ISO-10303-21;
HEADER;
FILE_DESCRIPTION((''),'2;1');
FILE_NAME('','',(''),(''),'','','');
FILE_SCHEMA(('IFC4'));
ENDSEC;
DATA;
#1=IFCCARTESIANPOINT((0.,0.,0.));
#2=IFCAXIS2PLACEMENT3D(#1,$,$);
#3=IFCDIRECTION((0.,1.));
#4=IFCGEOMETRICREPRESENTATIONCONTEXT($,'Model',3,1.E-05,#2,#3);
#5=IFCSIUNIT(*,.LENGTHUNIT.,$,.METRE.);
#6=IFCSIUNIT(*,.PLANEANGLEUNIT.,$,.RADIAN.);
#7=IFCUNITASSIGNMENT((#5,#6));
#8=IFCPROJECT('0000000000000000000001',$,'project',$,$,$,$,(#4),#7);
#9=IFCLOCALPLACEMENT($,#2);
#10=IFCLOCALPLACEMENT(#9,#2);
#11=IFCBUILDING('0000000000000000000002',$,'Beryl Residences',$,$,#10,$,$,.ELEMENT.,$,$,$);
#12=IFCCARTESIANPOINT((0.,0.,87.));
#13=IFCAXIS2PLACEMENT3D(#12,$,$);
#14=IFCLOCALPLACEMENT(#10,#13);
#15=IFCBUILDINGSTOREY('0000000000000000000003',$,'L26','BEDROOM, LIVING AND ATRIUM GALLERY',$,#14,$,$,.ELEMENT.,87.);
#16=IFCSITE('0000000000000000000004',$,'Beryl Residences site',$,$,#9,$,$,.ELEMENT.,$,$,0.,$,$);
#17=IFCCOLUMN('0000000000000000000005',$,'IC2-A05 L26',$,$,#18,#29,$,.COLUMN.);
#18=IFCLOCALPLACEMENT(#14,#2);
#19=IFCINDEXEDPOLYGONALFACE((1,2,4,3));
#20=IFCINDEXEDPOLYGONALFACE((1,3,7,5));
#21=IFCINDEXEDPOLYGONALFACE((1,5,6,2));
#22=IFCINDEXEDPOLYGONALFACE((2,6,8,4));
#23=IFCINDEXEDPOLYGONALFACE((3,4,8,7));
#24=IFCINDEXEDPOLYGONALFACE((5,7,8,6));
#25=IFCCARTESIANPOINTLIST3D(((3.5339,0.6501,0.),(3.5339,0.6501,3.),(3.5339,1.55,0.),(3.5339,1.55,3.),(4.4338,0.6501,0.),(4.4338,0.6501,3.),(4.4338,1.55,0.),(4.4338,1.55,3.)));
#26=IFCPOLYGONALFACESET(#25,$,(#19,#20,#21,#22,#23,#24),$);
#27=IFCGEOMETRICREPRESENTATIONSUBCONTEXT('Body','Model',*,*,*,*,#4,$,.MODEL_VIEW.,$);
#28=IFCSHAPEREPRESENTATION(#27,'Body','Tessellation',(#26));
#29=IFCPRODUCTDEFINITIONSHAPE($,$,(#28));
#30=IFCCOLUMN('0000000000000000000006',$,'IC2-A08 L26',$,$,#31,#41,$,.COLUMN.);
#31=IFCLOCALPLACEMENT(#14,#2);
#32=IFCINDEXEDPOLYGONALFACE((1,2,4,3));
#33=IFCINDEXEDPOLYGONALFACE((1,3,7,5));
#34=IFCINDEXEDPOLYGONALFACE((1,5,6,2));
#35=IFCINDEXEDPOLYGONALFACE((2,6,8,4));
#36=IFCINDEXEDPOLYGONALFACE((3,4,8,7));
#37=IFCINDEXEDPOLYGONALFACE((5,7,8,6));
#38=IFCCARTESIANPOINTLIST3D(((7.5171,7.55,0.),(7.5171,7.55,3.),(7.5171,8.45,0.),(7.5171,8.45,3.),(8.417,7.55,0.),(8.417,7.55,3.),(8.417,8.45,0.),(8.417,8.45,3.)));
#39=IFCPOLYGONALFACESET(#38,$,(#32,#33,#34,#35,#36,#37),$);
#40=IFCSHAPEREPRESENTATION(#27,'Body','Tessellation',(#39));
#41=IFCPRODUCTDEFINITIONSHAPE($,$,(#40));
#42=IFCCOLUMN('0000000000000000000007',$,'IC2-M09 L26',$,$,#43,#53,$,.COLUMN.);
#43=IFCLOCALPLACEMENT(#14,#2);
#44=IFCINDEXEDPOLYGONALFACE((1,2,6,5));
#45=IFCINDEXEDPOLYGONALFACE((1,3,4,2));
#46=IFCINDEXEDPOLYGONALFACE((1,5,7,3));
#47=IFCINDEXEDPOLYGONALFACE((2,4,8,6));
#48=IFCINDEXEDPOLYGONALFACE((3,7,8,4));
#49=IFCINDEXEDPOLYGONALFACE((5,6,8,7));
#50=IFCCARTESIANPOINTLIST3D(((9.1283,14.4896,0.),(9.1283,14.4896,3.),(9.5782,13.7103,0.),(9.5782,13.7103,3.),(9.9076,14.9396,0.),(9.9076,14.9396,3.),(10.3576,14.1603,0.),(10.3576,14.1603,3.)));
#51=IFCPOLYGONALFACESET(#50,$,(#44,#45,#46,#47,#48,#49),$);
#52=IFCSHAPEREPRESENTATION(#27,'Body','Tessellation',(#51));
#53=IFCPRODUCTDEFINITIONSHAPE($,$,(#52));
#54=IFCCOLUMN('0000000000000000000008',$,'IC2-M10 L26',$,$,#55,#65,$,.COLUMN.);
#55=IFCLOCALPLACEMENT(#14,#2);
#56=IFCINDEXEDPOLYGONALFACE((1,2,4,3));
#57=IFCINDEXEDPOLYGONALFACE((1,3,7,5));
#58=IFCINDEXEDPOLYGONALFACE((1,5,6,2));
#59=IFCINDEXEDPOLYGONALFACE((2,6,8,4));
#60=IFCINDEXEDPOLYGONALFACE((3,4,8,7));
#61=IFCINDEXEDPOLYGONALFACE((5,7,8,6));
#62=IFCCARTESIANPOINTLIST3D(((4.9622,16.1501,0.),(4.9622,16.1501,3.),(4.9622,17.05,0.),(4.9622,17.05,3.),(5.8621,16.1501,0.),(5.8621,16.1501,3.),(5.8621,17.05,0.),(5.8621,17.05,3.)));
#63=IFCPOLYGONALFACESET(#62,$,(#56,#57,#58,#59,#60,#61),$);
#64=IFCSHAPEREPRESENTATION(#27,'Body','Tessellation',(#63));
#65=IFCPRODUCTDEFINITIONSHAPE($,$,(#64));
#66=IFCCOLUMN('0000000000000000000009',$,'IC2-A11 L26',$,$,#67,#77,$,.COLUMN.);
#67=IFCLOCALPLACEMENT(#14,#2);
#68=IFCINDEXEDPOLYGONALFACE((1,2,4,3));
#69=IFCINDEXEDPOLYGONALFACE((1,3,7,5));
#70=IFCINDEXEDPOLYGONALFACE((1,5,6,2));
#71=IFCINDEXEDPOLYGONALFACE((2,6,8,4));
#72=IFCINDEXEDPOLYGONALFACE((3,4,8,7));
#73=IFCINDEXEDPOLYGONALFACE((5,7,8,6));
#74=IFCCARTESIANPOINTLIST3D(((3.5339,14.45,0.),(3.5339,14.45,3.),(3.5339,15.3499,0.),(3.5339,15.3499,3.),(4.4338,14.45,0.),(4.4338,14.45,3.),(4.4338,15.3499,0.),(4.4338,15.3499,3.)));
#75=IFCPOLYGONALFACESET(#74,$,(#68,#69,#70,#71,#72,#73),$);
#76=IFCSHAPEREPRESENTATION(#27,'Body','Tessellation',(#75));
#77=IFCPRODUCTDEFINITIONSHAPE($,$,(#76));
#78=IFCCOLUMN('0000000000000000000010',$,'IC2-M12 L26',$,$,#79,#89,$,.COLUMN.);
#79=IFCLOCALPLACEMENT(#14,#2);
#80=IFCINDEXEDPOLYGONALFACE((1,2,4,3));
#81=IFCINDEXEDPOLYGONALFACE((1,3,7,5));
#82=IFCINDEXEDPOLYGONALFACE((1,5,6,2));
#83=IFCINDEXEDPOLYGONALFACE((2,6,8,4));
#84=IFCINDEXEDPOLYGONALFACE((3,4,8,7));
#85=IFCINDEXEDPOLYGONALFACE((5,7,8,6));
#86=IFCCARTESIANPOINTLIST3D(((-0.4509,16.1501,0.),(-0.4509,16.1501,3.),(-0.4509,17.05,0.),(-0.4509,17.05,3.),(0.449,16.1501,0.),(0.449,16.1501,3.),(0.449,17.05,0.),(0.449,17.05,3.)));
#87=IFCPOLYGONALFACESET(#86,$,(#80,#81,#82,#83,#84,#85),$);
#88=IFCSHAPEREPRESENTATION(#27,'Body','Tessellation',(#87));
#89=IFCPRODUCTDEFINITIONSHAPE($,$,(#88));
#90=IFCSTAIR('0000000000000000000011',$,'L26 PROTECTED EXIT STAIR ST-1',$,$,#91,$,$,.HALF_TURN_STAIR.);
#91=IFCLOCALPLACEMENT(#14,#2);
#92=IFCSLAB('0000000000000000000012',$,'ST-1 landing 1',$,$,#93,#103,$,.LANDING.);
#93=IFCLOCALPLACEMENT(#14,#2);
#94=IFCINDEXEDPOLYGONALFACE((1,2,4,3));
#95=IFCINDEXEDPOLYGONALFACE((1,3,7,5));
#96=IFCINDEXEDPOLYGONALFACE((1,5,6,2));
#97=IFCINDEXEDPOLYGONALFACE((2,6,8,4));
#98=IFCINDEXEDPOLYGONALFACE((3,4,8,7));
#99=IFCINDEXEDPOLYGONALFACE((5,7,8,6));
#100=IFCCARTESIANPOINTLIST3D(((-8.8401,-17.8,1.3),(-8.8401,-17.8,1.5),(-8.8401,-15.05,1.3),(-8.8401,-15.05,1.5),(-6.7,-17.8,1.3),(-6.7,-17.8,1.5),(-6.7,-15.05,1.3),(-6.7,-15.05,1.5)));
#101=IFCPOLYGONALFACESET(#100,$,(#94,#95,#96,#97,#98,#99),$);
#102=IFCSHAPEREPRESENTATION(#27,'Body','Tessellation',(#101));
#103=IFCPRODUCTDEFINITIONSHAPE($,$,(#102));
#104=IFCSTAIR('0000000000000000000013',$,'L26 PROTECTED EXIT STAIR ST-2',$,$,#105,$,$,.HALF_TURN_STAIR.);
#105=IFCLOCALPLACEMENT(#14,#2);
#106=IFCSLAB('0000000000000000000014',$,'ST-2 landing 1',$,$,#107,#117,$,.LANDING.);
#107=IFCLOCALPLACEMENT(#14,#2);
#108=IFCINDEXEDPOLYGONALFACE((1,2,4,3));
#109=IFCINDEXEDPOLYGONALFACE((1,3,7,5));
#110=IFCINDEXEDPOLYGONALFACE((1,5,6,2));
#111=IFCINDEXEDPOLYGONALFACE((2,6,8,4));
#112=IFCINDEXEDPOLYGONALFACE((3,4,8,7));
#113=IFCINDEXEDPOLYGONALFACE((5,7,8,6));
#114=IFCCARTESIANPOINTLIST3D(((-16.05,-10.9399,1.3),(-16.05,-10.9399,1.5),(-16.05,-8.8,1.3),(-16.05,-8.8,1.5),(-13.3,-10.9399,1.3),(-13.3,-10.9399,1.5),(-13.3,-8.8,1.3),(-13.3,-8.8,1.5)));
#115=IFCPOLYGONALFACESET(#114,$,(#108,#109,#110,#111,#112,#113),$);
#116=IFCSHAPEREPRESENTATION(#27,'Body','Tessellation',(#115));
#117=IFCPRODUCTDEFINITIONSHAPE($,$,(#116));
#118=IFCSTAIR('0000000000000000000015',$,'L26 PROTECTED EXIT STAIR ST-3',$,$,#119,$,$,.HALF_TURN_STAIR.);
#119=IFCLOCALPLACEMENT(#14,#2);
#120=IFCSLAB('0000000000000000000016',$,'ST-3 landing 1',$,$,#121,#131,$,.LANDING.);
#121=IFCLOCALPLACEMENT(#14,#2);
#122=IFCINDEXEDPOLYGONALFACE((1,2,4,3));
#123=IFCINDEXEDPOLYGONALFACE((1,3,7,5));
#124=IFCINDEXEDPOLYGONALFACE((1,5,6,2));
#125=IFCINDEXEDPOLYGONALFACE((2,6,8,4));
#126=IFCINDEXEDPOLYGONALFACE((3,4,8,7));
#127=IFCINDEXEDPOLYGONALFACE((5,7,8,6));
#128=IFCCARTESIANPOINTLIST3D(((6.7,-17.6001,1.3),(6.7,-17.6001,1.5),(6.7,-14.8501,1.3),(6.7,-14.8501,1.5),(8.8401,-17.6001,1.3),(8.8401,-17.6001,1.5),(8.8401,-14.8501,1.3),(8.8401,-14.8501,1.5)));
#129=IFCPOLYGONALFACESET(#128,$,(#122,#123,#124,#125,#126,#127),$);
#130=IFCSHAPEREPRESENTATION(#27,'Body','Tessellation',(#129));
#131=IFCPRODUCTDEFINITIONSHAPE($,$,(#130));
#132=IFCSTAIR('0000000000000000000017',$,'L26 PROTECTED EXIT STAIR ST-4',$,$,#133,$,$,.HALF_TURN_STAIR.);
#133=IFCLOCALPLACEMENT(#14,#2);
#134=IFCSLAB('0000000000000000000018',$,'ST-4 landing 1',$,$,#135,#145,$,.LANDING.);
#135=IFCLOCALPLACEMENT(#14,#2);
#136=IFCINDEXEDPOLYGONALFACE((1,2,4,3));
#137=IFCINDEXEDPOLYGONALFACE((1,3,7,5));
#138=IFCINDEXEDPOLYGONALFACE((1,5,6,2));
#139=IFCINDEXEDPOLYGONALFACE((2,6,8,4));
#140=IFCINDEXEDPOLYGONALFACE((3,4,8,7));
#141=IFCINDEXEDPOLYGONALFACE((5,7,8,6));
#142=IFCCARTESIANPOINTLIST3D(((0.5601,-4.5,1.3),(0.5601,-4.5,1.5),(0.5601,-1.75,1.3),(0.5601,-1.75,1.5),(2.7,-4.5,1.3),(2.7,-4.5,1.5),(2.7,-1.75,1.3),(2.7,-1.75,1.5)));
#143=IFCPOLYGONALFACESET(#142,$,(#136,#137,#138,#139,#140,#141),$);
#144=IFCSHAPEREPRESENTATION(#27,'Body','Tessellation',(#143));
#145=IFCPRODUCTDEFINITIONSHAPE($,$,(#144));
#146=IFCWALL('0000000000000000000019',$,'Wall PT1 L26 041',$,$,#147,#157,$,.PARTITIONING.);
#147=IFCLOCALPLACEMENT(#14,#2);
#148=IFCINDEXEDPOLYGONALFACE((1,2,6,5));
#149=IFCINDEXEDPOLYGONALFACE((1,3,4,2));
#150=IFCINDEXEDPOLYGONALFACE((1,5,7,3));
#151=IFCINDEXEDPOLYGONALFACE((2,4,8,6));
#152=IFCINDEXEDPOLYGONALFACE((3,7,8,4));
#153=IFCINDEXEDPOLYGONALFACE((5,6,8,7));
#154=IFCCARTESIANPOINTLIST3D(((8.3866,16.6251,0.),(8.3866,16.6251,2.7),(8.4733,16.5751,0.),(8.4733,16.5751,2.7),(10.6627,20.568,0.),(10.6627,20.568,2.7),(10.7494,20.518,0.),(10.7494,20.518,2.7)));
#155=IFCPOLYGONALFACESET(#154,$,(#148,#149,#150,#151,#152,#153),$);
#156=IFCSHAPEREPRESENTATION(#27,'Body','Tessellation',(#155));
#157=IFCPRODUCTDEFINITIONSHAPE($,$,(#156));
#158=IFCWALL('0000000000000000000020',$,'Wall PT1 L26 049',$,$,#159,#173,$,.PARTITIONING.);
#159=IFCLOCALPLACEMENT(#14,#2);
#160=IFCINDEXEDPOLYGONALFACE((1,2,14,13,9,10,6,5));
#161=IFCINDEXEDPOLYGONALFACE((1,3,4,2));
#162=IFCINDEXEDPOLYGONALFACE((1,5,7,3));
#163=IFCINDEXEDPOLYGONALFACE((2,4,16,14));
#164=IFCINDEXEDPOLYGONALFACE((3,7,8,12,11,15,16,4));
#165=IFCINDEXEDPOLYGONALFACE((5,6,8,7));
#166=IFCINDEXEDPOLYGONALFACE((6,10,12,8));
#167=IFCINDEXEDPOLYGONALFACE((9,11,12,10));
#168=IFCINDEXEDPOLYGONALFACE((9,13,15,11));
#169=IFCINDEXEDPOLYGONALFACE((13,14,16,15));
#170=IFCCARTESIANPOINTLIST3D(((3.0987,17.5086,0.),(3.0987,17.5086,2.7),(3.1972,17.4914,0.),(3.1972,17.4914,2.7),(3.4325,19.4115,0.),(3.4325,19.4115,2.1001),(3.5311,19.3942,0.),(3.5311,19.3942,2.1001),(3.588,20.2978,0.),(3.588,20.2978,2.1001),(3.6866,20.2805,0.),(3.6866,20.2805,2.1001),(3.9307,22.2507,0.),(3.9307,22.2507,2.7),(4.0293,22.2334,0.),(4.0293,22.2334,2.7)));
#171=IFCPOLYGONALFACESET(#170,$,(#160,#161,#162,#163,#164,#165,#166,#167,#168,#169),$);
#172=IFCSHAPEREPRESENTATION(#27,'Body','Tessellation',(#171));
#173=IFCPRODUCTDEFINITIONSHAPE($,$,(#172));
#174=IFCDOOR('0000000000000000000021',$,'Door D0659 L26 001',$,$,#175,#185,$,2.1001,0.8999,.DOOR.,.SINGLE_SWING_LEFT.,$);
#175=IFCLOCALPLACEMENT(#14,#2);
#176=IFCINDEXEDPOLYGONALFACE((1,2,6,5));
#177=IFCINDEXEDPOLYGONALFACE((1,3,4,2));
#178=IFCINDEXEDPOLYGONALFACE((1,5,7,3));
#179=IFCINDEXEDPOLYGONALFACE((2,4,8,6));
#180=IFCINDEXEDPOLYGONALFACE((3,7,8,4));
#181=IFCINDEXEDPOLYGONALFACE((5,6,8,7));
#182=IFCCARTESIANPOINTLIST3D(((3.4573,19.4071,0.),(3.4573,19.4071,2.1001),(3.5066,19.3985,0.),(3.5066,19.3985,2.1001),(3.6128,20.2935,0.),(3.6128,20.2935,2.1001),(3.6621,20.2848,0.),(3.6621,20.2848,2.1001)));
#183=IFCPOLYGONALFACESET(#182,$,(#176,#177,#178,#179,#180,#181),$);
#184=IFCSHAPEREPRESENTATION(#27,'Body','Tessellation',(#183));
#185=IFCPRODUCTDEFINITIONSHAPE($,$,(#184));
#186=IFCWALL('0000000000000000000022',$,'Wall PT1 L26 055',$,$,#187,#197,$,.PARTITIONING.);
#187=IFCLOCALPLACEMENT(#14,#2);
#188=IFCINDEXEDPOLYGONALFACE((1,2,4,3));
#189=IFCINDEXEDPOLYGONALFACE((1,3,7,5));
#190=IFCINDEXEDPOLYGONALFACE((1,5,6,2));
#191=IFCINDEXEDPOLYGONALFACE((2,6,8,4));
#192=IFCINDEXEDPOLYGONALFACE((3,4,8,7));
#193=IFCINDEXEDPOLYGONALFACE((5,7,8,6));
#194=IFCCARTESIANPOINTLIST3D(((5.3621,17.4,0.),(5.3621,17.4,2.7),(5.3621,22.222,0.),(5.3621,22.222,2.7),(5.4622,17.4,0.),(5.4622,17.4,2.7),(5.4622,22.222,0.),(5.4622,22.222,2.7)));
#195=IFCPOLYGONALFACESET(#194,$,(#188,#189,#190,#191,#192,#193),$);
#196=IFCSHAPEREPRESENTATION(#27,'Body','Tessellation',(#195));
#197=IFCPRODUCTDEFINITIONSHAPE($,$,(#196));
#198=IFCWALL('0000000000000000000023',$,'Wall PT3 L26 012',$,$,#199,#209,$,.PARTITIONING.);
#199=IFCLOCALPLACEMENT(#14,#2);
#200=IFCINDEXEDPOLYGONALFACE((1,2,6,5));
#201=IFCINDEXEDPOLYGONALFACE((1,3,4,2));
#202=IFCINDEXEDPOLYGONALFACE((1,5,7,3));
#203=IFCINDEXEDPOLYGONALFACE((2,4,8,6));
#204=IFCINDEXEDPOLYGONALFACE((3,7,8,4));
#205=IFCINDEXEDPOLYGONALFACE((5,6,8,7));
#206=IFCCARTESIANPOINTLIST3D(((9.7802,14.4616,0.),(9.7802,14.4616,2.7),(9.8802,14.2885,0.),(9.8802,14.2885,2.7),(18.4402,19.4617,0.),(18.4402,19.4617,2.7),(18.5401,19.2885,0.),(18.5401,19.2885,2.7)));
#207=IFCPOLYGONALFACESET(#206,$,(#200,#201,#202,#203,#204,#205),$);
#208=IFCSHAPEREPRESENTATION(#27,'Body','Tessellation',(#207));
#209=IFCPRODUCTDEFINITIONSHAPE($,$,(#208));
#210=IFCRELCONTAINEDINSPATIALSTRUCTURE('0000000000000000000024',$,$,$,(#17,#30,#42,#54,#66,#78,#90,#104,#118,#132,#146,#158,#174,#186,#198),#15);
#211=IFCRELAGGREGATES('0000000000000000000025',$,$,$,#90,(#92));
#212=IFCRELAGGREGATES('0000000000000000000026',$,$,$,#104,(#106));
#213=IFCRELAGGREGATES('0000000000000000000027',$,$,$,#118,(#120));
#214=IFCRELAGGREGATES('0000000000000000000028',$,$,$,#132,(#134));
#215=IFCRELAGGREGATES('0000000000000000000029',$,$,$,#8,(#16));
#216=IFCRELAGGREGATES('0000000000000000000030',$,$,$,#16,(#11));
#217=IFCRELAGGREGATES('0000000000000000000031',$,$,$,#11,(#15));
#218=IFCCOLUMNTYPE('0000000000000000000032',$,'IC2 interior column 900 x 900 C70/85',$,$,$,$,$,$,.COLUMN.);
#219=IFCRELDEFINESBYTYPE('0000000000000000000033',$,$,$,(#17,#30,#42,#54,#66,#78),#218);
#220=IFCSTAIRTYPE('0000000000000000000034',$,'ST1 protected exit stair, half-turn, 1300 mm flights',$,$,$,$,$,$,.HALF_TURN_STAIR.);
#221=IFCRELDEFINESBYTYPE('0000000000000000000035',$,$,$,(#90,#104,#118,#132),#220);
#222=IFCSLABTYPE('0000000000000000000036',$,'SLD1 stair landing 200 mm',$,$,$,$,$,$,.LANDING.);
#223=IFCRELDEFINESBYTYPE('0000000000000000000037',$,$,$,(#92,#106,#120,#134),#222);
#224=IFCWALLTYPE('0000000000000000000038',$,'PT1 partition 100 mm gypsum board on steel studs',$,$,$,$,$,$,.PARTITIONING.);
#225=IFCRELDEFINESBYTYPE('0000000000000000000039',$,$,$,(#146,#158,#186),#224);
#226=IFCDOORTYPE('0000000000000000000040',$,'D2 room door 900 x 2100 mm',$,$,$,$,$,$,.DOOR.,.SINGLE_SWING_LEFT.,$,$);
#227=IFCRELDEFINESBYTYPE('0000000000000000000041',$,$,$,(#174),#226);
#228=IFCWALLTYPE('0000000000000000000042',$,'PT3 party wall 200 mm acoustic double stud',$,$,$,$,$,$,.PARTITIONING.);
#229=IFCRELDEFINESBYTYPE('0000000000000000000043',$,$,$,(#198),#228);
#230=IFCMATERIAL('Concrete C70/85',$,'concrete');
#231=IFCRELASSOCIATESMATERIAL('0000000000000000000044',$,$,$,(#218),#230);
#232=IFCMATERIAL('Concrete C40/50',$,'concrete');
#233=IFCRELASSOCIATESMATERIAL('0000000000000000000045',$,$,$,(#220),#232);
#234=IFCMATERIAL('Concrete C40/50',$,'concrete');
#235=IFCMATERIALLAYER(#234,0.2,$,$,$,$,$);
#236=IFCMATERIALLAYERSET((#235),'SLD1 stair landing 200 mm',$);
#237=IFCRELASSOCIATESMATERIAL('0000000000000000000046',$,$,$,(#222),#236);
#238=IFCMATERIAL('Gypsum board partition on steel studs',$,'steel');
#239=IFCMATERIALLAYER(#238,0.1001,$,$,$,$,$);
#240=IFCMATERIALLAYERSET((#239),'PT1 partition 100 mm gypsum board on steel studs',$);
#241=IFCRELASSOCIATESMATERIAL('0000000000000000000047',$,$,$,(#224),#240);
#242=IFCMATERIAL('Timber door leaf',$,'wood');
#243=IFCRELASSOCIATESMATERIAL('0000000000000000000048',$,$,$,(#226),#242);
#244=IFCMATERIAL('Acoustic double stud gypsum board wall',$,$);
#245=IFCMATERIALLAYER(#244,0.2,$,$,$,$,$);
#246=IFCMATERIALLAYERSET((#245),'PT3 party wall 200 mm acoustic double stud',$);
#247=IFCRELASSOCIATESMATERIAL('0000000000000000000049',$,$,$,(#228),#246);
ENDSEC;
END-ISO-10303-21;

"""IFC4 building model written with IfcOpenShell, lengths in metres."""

from ifc_helpers import new_model, si_unit, direction, frame, frame_2d, origin, origin_2d, place, context, subcontext, project, spatial, polyline, rectangle, outline, extrude, material, layer, layer_set, material_profile, profile_set, type_object, element, fill, aggregate, save


model = new_model("IFC4")

# Units and contexts
model_context = context("Model", 3, precision=1e-05, world=origin(), true_north=direction((0.0, 1.0)))
body_context = subcontext(model_context, "Body", "Model", "MODEL_VIEW")
ifc_project = project(units=[si_unit("LENGTHUNIT", "METRE"), si_unit("PLANEANGLEUNIT", "RADIAN")], contexts=[model_context])

# Site, building, storey
site_placement = place(None, origin())
site = spatial("IfcSite", under=ifc_project, at=site_placement, Name="Beryl Residences site", CompositionType="ELEMENT", RefElevation=0.0)
building_placement = place(site_placement, origin())
building = spatial("IfcBuilding", under=site, at=building_placement, Name="Beryl Residences", CompositionType="ELEMENT")
storey_placement = place(building_placement, frame((0.0, 0.0, 87.0)))
storey = spatial("IfcBuildingStorey", under=building, at=storey_placement, Name="L26", Description="BEDROOM, LIVING AND ATRIUM GALLERY", CompositionType="ELEMENT", Elevation=87.0)

# Columns
ifc_material_1 = material(Name="Concrete C70/85", Category="concrete")
ifc_material_profile = material_profile(ifc_material_1, rectangle(XDim=0.8999, YDim=0.8999, at=origin_2d()))
ifc_profile_set = profile_set([ifc_material_profile], Name="Concrete C70/85")
column_type = type_object("IfcColumnType", Name="IC2 interior column 900 x 900 C70/85", PredefinedType="COLUMN", material=ifc_profile_set)
for number, where, z_axis, x_axis, name in (
    (1, (3.9839, 1.1001, 0.0), (0.0, 0.0, 1.0), (1.0, 0.0, 0.0), "IC2-A05 L26"),
    (2, (7.967, 8.0, 0.0), (0.0, 0.0, 1.0), (1.0, 0.0, 0.0), "IC2-A08 L26"),
    (3, (9.7429, 14.325, 0.0), (0.0, 0.0, 1.0), (-0.5, 0.866025, 0.0), "IC2-M09 L26"),
    (4, (5.4121, 16.6001, 0.0), (0.0, 0.0, 1.0), (-1.0, 0.0, 0.0), "IC2-M10 L26"),
    (5, (3.9839, 14.8999, 0.0), (0.0, 0.0, 1.0), (1.0, 0.0, 0.0), "IC2-A11 L26"),
    (6, (-0.001, 16.6001, 0.0), (0.0, 0.0, 1.0), (-1.0, 0.0, 0.0), "IC2-M12 L26"),
):
    element("IfcColumn", number, at=place(storey_placement, frame(where, z_axis=z_axis, x_axis=x_axis)), inside=storey, type_object=column_type, Name=name, PredefinedType="COLUMN", context=body_context, shape_type="SweptSolid", body=[
        extrude(rectangle(XDim=0.8999, YDim=0.8999, at=origin_2d()), origin(), (0.0, 0.0, 1.0), 3.0),
    ])

# Stairs, slabs
ifc_material_2 = material(Name="Concrete C40/50", Category="concrete")
stair_type = type_object("IfcStairType", Name="ST1 protected exit stair, half-turn, 1300 mm flights", PredefinedType="HALF_TURN_STAIR", material=ifc_material_2)
stair_1_placement = place(storey_placement, origin())
stair_1 = element("IfcStair", 7, at=stair_1_placement, inside=storey, type_object=stair_type, Name="L26 PROTECTED EXIT STAIR ST-1", PredefinedType="HALF_TURN_STAIR")
ifc_material_3 = material(Name="Concrete C40/50", Category="concrete")
ifc_layer_1 = layer(ifc_material_3, 0.2)
ifc_layer_set_1 = layer_set([ifc_layer_1], Name="SLD1 stair landing 200 mm")
slab_type_1 = type_object("IfcSlabType", Name="SLD1 stair landing 200 mm", PredefinedType="LANDING", material=ifc_layer_set_1)
slab_1_placement = place(storey_placement, frame((0.0, 0.0, 1.3)))
slab_1 = element("IfcSlab", 8, at=slab_1_placement, type_object=slab_type_1, Name="ST-1 landing 1", PredefinedType="LANDING", context=body_context, shape_type="SweptSolid", body=[
    extrude(outline(polyline([(-8.8401, -17.8), (-6.7, -17.8), (-6.7, -15.05), (-8.8401, -15.05), (-8.8401, -17.8)])), origin(), (0.0, 0.0, 1.0), 0.2),
])
aggregate(stair_1, [slab_1])
stair_2_placement = place(storey_placement, origin())
stair_2 = element("IfcStair", 9, at=stair_2_placement, inside=storey, type_object=stair_type, Name="L26 PROTECTED EXIT STAIR ST-2", PredefinedType="HALF_TURN_STAIR")
slab_2_placement = place(storey_placement, frame((0.0, 0.0, 1.3)))
slab_2 = element("IfcSlab", 10, at=slab_2_placement, type_object=slab_type_1, Name="ST-2 landing 1", PredefinedType="LANDING", context=body_context, shape_type="SweptSolid", body=[
    extrude(outline(polyline([(-13.3, -10.9399), (-13.3, -8.8), (-16.05, -8.8), (-16.05, -10.9399), (-13.3, -10.9399)])), origin(), (0.0, 0.0, 1.0), 0.2),
])
aggregate(stair_2, [slab_2])
stair_3_placement = place(storey_placement, origin())
stair_3 = element("IfcStair", 11, at=stair_3_placement, inside=storey, type_object=stair_type, Name="L26 PROTECTED EXIT STAIR ST-3", PredefinedType="HALF_TURN_STAIR")
slab_3_placement = place(storey_placement, frame((0.0, 0.0, 1.3)))
slab_3 = element("IfcSlab", 12, at=slab_3_placement, type_object=slab_type_1, Name="ST-3 landing 1", PredefinedType="LANDING", context=body_context, shape_type="SweptSolid", body=[
    extrude(outline(polyline([(8.8401, -14.8501), (6.7, -14.8501), (6.7, -17.6001), (8.8401, -17.6001), (8.8401, -14.8501)])), origin(), (0.0, 0.0, 1.0), 0.2),
])
aggregate(stair_3, [slab_3])
stair_4_placement = place(storey_placement, origin())
stair_4 = element("IfcStair", 13, at=stair_4_placement, inside=storey, type_object=stair_type, Name="L26 PROTECTED EXIT STAIR ST-4", PredefinedType="HALF_TURN_STAIR")
slab_4_placement = place(storey_placement, frame((0.0, 0.0, 1.3)))
slab_4 = element("IfcSlab", 14, at=slab_4_placement, type_object=slab_type_1, Name="ST-4 landing 1", PredefinedType="LANDING", context=body_context, shape_type="SweptSolid", body=[
    extrude(outline(polyline([(0.5601, -4.5), (2.7, -4.5), (2.7, -1.75), (0.5601, -1.75), (0.5601, -4.5)])), origin(), (0.0, 0.0, 1.0), 0.2),
])
aggregate(stair_4, [slab_4])

# Wall
ifc_material_4 = material(Name="Gypsum board partition on steel studs", Category="steel")
ifc_layer_2 = layer(ifc_material_4, 0.1001)
ifc_layer_set_2 = layer_set([ifc_layer_2], Name="PT1 partition 100 mm gypsum board on steel studs")
wall_type_1 = type_object("IfcWallType", Name="PT1 partition 100 mm gypsum board on steel studs", PredefinedType="PARTITIONING", material=ifc_layer_set_2)
wall_1_placement = place(storey_placement, frame((8.4299, 16.6001, 0.0), z_axis=(0.0, 0.0, 1.0), x_axis=(0.499951, 0.866053, 0.0)))
element("IfcWall", 15, at=wall_1_placement, inside=storey, type_object=wall_type_1, Name="Wall PT1 L26 041", PredefinedType="PARTITIONING", context=body_context, shape_type="SweptSolid", body=[
    extrude(rectangle(XDim=4.5527, YDim=0.1001, at=frame_2d((2.2764, 0.0))), origin(), (0.0, 0.0, 1.0), 2.7),
])

# Wall, opening, door
wall_2_placement = place(storey_placement, frame((3.1479, 17.5, 0.0), z_axis=(0.0, 0.0, 1.0), x_axis=(0.172822, 0.984953, 0.0)))
wall_2 = element("IfcWall", 16, at=wall_2_placement, inside=storey, type_object=wall_type_1, Name="Wall PT1 L26 049", PredefinedType="PARTITIONING", context=body_context, shape_type="SweptSolid", body=[
    extrude(rectangle(XDim=4.8145, YDim=0.1001, at=frame_2d((2.4072, 0.0))), origin(), (0.0, 0.0, 1.0), 2.7),
])
opening_1_placement = place(wall_2_placement, frame((1.9319, 0.0, 0.0)))
opening_1 = element("IfcOpeningElement", 17, at=opening_1_placement, cuts=wall_2, PredefinedType="OPENING", context=body_context, shape_type="SweptSolid", body=[
    extrude(rectangle(XDim=0.8999, YDim=2.1001, at=frame_2d((0.45, 1.05))), frame((0.0, 0.0601, 0.0), z_axis=(0.0, -1.0, 0.0), x_axis=(1.0, 0.0, 0.0)), (0.0, 0.0, 1.0), 0.1201),
])
ifc_material_5 = material(Name="Timber door leaf", Category="wood")
door_type_1 = type_object("IfcDoorType", Name="D2 room door 900 x 2100 mm", OperationType="SINGLE_SWING_LEFT", PredefinedType="DOOR", material=ifc_material_5)
door_1_placement = place(opening_1_placement, origin())
door_1 = element("IfcDoor", 18, at=door_1_placement, inside=storey, type_object=door_type_1, Name="Door D0659 L26 001", OperationType="SINGLE_SWING_LEFT", OverallHeight=2.1001, OverallWidth=0.8999, PredefinedType="DOOR", context=body_context, shape_type="SweptSolid", body=[
    extrude(rectangle(XDim=0.8999, YDim=2.1001, at=frame_2d((0.45, 1.05))), frame((0.0, 0.0249, 0.0), z_axis=(0.0, -1.0, 0.0), x_axis=(1.0, 0.0, 0.0)), (0.0, 0.0, 1.0), 0.05),
])
fill(opening_1, door_1)

# Walls
wall_3_placement = place(storey_placement, frame((5.4121, 17.3999, 0.0), z_axis=(0.0, 0.0, 1.0), x_axis=(0.0, 1.0, 0.0)))
element("IfcWall", 19, at=wall_3_placement, inside=storey, type_object=wall_type_1, Name="Wall PT1 L26 055", PredefinedType="PARTITIONING", context=body_context, shape_type="SweptSolid", body=[
    extrude(rectangle(XDim=4.822, YDim=0.1001, at=frame_2d((2.4111, 0.0))), origin(), (0.0, 0.0, 1.0), 2.7),
])
ifc_material_6 = material(Name="Acoustic double stud gypsum board wall")
ifc_layer_3 = layer(ifc_material_6, 0.2)
ifc_layer_set_3 = layer_set([ifc_layer_3], Name="PT3 party wall 200 mm acoustic double stud")
wall_type_2 = type_object("IfcWallType", Name="PT3 party wall 200 mm acoustic double stud", PredefinedType="PARTITIONING", material=ifc_layer_set_3)
wall_4_placement = place(storey_placement, frame((9.8301, 14.375, 0.0), z_axis=(0.0, 0.0, 1.0), x_axis=(0.866017, 0.500015, 0.0)))
element("IfcWall", 20, at=wall_4_placement, inside=storey, type_object=wall_type_2, Name="Wall PT3 L26 012", PredefinedType="PARTITIONING", context=body_context, shape_type="SweptSolid", body=[
    extrude(rectangle(XDim=9.9998, YDim=0.2, at=frame_2d((5.0, 0.0))), origin(), (0.0, 0.0, 1.0), 2.7),
])

save(model, "model.ifc")
